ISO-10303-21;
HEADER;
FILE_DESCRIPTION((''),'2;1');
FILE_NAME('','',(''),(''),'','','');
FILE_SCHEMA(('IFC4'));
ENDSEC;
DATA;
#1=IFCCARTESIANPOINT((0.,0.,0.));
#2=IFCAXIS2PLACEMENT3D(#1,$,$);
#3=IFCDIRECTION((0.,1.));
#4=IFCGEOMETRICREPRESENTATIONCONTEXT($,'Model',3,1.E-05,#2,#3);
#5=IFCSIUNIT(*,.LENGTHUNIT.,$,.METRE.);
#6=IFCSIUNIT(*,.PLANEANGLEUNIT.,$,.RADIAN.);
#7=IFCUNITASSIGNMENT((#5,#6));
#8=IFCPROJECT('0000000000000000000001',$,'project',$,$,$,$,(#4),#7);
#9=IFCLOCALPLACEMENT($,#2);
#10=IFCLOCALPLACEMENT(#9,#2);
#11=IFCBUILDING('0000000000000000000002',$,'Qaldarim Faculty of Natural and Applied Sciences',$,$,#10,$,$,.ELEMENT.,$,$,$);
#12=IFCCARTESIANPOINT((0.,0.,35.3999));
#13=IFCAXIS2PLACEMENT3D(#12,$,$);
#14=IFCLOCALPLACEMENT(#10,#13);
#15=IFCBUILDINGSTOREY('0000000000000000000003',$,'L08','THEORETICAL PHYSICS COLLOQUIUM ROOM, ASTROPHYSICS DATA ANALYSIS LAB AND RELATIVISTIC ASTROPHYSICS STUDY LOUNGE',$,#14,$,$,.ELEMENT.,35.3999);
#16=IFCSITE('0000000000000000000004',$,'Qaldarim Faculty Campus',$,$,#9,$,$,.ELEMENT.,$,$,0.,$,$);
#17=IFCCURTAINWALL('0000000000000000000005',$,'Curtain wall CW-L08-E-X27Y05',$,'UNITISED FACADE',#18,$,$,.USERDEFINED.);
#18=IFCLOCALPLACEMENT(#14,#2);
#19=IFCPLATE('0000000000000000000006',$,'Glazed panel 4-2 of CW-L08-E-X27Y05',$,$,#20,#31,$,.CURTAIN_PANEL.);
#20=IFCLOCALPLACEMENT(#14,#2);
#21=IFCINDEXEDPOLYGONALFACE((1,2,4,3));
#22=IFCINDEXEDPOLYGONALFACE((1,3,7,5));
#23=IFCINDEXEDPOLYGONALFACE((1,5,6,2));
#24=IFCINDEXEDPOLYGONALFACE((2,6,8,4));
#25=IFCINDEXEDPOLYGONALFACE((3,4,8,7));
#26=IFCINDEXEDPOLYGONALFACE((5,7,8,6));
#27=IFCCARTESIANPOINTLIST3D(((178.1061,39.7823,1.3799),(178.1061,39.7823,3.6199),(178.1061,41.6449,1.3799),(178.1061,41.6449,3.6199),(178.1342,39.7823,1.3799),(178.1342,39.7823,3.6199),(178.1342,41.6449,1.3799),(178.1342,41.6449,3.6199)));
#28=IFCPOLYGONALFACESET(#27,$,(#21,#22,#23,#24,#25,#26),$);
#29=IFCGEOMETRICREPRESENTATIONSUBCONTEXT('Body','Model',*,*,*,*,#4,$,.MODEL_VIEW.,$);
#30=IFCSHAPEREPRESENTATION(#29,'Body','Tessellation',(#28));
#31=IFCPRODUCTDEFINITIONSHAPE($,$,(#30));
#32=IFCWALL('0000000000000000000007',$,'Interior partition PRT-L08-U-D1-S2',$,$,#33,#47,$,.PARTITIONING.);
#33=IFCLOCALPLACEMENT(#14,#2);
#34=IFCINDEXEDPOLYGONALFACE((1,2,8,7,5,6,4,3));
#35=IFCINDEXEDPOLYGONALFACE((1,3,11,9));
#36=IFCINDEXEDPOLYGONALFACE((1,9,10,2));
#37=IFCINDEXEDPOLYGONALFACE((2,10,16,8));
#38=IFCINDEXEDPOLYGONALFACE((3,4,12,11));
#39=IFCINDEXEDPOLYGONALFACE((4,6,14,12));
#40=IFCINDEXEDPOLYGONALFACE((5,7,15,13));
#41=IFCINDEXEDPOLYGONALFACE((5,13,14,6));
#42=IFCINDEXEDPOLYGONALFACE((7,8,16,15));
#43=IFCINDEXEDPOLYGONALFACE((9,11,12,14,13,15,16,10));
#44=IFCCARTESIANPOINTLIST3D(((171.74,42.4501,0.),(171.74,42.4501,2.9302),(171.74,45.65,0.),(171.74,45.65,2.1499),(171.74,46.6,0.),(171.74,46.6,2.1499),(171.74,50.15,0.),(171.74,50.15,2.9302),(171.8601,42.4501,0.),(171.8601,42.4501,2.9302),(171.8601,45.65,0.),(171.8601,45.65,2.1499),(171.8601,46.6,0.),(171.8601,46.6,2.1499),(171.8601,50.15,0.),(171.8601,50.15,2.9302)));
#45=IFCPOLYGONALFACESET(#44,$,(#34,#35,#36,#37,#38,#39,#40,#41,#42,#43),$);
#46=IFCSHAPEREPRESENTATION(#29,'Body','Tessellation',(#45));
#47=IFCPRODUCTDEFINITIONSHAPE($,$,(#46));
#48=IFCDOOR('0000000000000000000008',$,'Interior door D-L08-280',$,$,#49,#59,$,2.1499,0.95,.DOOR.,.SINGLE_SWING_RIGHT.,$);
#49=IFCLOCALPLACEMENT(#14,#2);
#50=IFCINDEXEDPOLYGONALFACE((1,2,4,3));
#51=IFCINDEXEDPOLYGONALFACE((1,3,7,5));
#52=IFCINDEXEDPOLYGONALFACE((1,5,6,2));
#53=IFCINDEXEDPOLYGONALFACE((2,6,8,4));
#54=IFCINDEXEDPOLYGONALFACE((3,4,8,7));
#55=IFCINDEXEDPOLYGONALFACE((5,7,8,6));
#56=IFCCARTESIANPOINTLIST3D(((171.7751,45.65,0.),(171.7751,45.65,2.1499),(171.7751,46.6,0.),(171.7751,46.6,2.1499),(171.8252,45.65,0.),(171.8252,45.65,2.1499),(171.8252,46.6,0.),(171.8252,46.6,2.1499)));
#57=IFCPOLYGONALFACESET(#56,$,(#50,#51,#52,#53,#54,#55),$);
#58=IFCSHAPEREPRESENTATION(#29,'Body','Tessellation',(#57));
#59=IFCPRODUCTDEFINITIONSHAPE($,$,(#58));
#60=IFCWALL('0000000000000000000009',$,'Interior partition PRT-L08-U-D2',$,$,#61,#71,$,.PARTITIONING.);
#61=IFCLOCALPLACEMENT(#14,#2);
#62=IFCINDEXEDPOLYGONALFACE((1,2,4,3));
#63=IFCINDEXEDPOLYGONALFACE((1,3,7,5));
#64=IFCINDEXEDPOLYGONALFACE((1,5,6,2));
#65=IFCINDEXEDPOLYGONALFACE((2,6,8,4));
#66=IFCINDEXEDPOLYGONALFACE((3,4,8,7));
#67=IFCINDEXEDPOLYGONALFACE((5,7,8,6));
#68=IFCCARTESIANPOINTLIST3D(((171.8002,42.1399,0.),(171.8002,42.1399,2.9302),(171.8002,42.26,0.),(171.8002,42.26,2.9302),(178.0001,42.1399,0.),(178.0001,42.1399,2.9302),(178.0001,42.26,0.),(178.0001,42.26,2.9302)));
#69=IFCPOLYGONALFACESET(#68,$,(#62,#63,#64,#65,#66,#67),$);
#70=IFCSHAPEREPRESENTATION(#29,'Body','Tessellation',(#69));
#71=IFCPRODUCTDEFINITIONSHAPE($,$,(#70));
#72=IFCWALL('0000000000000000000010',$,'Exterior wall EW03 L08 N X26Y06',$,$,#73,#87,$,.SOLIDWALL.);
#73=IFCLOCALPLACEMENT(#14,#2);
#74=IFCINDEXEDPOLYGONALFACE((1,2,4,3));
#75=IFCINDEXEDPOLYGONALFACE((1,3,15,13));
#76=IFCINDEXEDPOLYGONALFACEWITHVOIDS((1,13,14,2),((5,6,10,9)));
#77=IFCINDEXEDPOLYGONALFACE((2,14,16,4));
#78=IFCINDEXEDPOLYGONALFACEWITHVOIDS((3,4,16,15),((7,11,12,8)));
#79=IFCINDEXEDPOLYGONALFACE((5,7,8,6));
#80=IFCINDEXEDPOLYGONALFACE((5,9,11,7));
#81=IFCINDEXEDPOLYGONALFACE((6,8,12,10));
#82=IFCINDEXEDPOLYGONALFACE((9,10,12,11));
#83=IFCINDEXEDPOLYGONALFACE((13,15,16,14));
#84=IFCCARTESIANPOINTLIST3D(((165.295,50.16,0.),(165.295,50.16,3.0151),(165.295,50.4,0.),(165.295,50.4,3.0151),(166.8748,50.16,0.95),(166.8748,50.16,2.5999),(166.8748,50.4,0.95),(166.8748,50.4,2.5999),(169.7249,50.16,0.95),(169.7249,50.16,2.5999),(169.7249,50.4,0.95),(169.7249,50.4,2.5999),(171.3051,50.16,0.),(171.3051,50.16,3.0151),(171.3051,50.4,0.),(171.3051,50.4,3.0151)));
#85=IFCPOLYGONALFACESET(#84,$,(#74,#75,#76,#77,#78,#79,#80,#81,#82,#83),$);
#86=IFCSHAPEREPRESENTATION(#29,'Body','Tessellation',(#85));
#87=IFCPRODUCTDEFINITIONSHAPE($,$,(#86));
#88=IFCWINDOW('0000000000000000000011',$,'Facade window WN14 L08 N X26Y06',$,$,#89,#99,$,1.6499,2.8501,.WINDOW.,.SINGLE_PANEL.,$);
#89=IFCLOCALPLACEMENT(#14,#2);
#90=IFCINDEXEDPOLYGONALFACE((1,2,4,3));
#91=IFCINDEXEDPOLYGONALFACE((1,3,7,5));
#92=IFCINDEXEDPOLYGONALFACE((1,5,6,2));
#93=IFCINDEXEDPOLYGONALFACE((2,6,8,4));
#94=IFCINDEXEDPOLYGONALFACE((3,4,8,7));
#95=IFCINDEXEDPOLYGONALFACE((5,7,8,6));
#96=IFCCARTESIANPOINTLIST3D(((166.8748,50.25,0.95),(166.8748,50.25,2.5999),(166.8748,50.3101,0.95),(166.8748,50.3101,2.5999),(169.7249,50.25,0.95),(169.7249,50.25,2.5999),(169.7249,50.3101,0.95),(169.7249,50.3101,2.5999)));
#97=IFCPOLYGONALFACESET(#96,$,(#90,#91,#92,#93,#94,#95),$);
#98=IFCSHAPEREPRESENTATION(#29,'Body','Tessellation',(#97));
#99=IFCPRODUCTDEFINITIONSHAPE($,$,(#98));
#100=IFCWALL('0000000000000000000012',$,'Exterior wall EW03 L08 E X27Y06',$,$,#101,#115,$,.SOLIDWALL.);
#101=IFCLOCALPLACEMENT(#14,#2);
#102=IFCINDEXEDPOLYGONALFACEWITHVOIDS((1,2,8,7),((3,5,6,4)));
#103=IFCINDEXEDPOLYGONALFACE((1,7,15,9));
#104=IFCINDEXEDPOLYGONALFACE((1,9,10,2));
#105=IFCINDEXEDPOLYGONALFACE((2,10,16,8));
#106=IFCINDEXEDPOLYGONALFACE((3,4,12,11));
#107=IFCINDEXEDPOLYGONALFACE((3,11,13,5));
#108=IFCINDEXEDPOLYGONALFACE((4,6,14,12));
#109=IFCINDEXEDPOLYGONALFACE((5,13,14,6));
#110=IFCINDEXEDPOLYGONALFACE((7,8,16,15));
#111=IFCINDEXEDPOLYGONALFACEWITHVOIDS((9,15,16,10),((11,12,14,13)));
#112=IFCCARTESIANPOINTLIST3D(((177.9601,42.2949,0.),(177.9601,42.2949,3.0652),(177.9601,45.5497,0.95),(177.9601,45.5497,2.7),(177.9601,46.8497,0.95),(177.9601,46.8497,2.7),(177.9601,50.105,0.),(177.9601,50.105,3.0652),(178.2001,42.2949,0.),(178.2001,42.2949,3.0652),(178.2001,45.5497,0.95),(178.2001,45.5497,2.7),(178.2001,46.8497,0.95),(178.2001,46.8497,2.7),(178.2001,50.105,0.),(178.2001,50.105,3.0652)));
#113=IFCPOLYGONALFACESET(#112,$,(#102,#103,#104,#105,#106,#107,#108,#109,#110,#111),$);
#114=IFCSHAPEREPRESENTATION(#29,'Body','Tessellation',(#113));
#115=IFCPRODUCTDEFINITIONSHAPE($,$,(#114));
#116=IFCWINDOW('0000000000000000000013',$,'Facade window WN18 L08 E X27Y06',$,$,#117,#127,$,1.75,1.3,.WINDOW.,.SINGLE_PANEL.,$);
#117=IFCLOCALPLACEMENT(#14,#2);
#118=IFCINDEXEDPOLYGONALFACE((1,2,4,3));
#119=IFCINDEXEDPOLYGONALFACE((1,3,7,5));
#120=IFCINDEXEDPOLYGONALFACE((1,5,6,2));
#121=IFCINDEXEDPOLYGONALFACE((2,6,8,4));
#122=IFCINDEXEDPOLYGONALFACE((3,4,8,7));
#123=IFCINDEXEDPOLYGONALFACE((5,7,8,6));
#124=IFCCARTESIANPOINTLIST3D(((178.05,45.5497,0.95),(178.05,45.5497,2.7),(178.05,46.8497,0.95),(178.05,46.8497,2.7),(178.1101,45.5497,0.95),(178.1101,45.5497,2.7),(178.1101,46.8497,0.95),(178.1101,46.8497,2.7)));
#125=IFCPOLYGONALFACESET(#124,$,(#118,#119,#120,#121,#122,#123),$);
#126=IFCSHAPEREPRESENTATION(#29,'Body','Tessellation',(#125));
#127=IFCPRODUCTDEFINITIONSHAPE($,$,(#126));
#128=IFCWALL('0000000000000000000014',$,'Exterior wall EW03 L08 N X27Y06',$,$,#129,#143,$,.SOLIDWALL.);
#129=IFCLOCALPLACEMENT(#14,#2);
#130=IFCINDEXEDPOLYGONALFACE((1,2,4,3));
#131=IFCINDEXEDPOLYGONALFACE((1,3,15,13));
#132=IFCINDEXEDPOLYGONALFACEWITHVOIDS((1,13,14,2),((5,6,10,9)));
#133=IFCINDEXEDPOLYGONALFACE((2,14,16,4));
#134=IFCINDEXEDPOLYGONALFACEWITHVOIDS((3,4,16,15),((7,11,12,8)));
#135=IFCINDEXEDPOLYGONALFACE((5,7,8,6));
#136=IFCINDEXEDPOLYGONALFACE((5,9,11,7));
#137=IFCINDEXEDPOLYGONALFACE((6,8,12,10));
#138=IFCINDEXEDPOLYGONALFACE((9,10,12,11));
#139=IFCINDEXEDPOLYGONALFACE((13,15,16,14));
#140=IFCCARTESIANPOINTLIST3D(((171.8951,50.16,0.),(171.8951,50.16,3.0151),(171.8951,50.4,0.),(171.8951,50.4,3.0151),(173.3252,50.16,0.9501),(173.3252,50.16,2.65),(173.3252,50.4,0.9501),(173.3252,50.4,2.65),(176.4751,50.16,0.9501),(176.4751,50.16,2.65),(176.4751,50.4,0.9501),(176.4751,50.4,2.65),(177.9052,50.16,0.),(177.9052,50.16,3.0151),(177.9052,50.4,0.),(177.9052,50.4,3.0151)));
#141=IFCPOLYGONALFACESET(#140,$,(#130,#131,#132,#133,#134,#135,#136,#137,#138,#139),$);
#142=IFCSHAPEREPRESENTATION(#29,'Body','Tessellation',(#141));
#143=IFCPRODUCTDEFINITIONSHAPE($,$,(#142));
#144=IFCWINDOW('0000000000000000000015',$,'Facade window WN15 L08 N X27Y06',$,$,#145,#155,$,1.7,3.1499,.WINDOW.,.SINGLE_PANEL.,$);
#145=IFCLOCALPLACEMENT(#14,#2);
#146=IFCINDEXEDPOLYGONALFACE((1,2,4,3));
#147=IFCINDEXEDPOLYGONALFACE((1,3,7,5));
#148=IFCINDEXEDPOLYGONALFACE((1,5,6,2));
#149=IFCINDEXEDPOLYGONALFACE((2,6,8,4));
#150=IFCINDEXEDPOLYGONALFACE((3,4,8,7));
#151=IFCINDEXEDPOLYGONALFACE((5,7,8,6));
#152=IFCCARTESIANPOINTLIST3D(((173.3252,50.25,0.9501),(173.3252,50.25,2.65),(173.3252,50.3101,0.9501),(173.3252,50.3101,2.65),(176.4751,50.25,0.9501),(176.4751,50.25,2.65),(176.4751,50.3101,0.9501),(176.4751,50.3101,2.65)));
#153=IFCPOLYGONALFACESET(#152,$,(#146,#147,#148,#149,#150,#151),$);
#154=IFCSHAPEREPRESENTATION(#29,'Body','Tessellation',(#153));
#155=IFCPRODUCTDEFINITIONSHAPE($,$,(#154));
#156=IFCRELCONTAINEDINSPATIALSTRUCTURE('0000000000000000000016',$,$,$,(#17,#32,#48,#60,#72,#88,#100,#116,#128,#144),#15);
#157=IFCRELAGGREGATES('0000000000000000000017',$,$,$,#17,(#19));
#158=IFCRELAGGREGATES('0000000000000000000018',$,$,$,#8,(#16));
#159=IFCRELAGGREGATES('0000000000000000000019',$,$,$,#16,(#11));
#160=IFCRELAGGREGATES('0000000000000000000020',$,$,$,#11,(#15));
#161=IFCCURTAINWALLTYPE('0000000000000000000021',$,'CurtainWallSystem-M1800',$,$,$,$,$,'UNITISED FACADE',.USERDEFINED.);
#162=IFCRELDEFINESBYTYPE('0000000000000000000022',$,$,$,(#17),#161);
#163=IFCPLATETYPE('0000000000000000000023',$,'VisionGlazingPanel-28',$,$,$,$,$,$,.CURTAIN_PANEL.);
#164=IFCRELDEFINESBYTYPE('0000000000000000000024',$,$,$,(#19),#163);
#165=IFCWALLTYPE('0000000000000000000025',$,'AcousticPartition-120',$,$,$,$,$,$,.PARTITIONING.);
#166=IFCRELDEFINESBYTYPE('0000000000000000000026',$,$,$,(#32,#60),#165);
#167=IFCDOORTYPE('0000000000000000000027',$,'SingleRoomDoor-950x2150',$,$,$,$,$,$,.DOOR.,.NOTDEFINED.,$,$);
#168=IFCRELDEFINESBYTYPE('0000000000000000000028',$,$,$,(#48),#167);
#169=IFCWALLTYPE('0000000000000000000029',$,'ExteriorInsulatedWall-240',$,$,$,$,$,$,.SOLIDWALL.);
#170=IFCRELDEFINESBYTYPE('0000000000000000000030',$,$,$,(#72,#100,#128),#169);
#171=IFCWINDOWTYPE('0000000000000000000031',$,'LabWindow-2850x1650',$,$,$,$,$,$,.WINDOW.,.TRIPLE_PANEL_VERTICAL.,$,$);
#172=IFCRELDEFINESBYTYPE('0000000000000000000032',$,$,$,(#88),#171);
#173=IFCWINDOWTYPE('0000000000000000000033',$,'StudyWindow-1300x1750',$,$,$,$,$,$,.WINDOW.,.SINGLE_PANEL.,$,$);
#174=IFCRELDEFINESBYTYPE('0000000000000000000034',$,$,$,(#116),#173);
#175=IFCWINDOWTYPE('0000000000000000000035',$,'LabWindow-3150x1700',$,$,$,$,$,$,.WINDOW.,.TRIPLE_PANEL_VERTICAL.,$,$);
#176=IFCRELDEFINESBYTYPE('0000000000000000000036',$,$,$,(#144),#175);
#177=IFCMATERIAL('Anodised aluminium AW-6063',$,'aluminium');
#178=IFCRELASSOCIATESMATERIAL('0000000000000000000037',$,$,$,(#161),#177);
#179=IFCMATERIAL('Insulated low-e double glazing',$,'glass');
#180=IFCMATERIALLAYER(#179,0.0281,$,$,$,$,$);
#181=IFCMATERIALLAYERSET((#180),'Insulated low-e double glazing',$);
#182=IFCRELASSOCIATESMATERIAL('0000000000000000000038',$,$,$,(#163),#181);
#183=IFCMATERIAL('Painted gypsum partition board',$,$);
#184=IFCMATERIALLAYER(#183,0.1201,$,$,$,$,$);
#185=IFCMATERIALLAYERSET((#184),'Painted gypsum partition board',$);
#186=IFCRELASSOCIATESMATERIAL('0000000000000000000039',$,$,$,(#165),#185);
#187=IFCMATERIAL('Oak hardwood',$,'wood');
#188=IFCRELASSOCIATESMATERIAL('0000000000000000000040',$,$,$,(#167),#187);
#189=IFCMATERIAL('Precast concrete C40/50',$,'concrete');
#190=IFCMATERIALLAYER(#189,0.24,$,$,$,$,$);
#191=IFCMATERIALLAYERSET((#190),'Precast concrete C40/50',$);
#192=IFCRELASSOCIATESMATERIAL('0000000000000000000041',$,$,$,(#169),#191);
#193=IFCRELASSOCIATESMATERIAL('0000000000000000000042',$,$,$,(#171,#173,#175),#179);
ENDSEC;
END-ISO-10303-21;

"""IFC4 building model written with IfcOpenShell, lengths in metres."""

from ifc_helpers import new_model, si_unit, direction, frame, frame_2d, origin, origin_2d, place, context, subcontext, project, spatial, rectangle, extrude, material, layer, layer_set, type_object, element, fill, aggregate, save


model = new_model("IFC4")

# Units and contexts
model_context = context("Model", 3, precision=1e-05, world=origin(), true_north=direction((0.0, 1.0)))
body_context = subcontext(model_context, "Body", "Model", "MODEL_VIEW")
ifc_project = project(units=[si_unit("LENGTHUNIT", "METRE"), si_unit("PLANEANGLEUNIT", "RADIAN")], contexts=[model_context])

# Site, building, storey
site_placement = place(None, origin())
site = spatial("IfcSite", under=ifc_project, at=site_placement, Name="Qaldarim Faculty Campus", CompositionType="ELEMENT", RefElevation=0.0)
building_placement = place(site_placement, origin())
building = spatial("IfcBuilding", under=site, at=building_placement, Name="Qaldarim Faculty of Natural and Applied Sciences", CompositionType="ELEMENT")
storey_placement = place(building_placement, frame((0.0, 0.0, 35.3999)))
storey = spatial("IfcBuildingStorey", under=building, at=storey_placement, Name="L08", Description="THEORETICAL PHYSICS COLLOQUIUM ROOM, ASTROPHYSICS DATA ANALYSIS LAB AND RELATIVISTIC ASTROPHYSICS STUDY LOUNGE", CompositionType="ELEMENT", Elevation=35.3999)

# Curtain wall
ifc_material_1 = material(Name="Anodised aluminium AW-6063", Category="aluminium")
curtain_wall_type = type_object("IfcCurtainWallType", Name="CurtainWallSystem-M1800", ElementType="UNITISED FACADE", PredefinedType="USERDEFINED", material=ifc_material_1)
curtain_wall_placement = place(storey_placement, origin())
curtain_wall = element("IfcCurtainWall", 1, at=curtain_wall_placement, inside=storey, type_object=curtain_wall_type, Name="Curtain wall CW-L08-E-X27Y05", ObjectType="UNITISED FACADE", PredefinedType="USERDEFINED")

# Plate
ifc_material_2 = material(Name="Insulated low-e double glazing", Category="glass")
ifc_layer_1 = layer(ifc_material_2, 0.0281)
ifc_layer_set_1 = layer_set([ifc_layer_1], Name="Insulated low-e double glazing")
plate_type = type_object("IfcPlateType", Name="VisionGlazingPanel-28", PredefinedType="CURTAIN_PANEL", material=ifc_layer_set_1)
plate_1_placement = place(storey_placement, frame((178.1201, 40.7136, 1.3799), z_axis=(0.0, 0.0, 1.0), x_axis=(0.0, 1.0, 0.0)))
plate_1 = element("IfcPlate", 2, at=plate_1_placement, type_object=plate_type, Name="Glazed panel 4-2 of CW-L08-E-X27Y05", PredefinedType="CURTAIN_PANEL", context=body_context, shape_type="SweptSolid", body=[
    extrude(rectangle(XDim=1.8625, YDim=0.0281, at=origin_2d()), origin(), (0.0, 0.0, 1.0), 2.24),
])
aggregate(curtain_wall, [plate_1])

# Wall, opening, door
ifc_material_3 = material(Name="Painted gypsum partition board")
ifc_layer_2 = layer(ifc_material_3, 0.1201)
ifc_layer_set_2 = layer_set([ifc_layer_2], Name="Painted gypsum partition board")
wall_type_1 = type_object("IfcWallType", Name="AcousticPartition-120", PredefinedType="PARTITIONING", material=ifc_layer_set_2)
wall_1_placement = place(storey_placement, frame((171.8, 42.45, 0.0), z_axis=(0.0, 0.0, 1.0), x_axis=(0.0, 1.0, 0.0)))
wall_1 = element("IfcWall", 3, at=wall_1_placement, inside=storey, type_object=wall_type_1, Name="Interior partition PRT-L08-U-D1-S2", PredefinedType="PARTITIONING", context=body_context, shape_type="SweptSolid", body=[
    extrude(rectangle(XDim=7.7, YDim=0.1201, at=frame_2d((3.8501, 0.0))), origin(), (0.0, 0.0, 1.0), 2.9302),
])
opening_1_placement = place(wall_1_placement, frame((3.2, 0.0, 0.0)))
opening_1 = element("IfcOpeningElement", 4, at=opening_1_placement, cuts=wall_1, PredefinedType="OPENING", context=body_context, shape_type="SweptSolid", body=[
    extrude(rectangle(XDim=0.95, YDim=2.1499, at=frame_2d((0.4751, 1.075))), frame((0.0, 0.0701, 0.0), z_axis=(0.0, -1.0, 0.0), x_axis=(1.0, 0.0, 0.0)), (0.0, 0.0, 1.0), 0.1401),
])
ifc_material_4 = material(Name="Oak hardwood", Category="wood")
door_type = type_object("IfcDoorType", Name="SingleRoomDoor-950x2150", OperationType="NOTDEFINED", PredefinedType="DOOR", material=ifc_material_4)
door_placement = place(opening_1_placement, origin())
door = element("IfcDoor", 5, at=door_placement, inside=storey, type_object=door_type, Name="Interior door D-L08-280", OperationType="SINGLE_SWING_RIGHT", OverallHeight=2.1499, OverallWidth=0.95, PredefinedType="DOOR", context=body_context, shape_type="SweptSolid", body=[
    extrude(rectangle(XDim=0.95, YDim=2.1499, at=frame_2d((0.4751, 1.075))), frame((0.0, 0.0249, 0.0), z_axis=(0.0, -1.0, 0.0), x_axis=(1.0, 0.0, 0.0)), (0.0, 0.0, 1.0), 0.05),
])
fill(opening_1, door)

# Wall
wall_2_placement = place(storey_placement, frame((171.8, 42.2, 0.0), z_axis=(0.0, 0.0, 1.0), x_axis=(1.0, 0.0, 0.0)))
element("IfcWall", 6, at=wall_2_placement, inside=storey, type_object=wall_type_1, Name="Interior partition PRT-L08-U-D2", PredefinedType="PARTITIONING", context=body_context, shape_type="SweptSolid", body=[
    extrude(rectangle(XDim=6.2, YDim=0.1201, at=frame_2d((3.1001, 0.0))), origin(), (0.0, 0.0, 1.0), 2.9302),
])

# Walls, openings, windows
ifc_material_5 = material(Name="Precast concrete C40/50", Category="concrete")
ifc_layer_3 = layer(ifc_material_5, 0.24)
ifc_layer_set_3 = layer_set([ifc_layer_3], Name="Precast concrete C40/50")
wall_type_2 = type_object("IfcWallType", Name="ExteriorInsulatedWall-240", PredefinedType="SOLIDWALL", material=ifc_layer_set_3)
wall_3_placement = place(storey_placement, frame((171.3049, 50.28, 0.0), z_axis=(0.0, 0.0, 1.0), x_axis=(-1.0, 0.0, 0.0)))
wall_3 = element("IfcWall", 7, at=wall_3_placement, inside=storey, type_object=wall_type_2, Name="Exterior wall EW03 L08 N X26Y06", PredefinedType="SOLIDWALL", context=body_context, shape_type="SweptSolid", body=[
    extrude(rectangle(XDim=6.01, YDim=0.24, at=frame_2d((3.0049, 0.0))), origin(), (0.0, 0.0, 1.0), 3.0151),
])
opening_2_placement = place(wall_3_placement, frame((1.5801, 0.0, 0.95)))
opening_2 = element("IfcOpeningElement", 8, at=opening_2_placement, cuts=wall_3, PredefinedType="OPENING", context=body_context, shape_type="SweptSolid", body=[
    extrude(rectangle(XDim=2.8501, YDim=1.6499, at=frame_2d((1.425, 0.825))), frame((0.0, 0.1299, 0.0), z_axis=(0.0, -1.0, 0.0), x_axis=(1.0, 0.0, 0.0)), (0.0, 0.0, 1.0), 0.26),
])
window_type_1 = type_object("IfcWindowType", Name="LabWindow-2850x1650", PartitioningType="TRIPLE_PANEL_VERTICAL", PredefinedType="WINDOW", material=ifc_material_2)
window_1_placement = place(opening_2_placement, origin())
window_1 = element("IfcWindow", 9, at=window_1_placement, inside=storey, type_object=window_type_1, Name="Facade window WN14 L08 N X26Y06", OverallHeight=1.6499, OverallWidth=2.8501, PartitioningType="SINGLE_PANEL", PredefinedType="WINDOW", context=body_context, shape_type="SweptSolid", body=[
    extrude(rectangle(XDim=2.8501, YDim=1.6499, at=frame_2d((1.425, 0.825))), frame((0.0, 0.03, 0.0), z_axis=(0.0, -1.0, 0.0), x_axis=(1.0, 0.0, 0.0)), (0.0, 0.0, 1.0), 0.0601),
])
fill(opening_2, window_1)
wall_4_placement = place(storey_placement, frame((178.0801, 42.2949, 0.0), z_axis=(0.0, 0.0, 1.0), x_axis=(0.0, 1.0, 0.0)))
wall_4 = element("IfcWall", 10, at=wall_4_placement, inside=storey, type_object=wall_type_2, Name="Exterior wall EW03 L08 E X27Y06", PredefinedType="SOLIDWALL", context=body_context, shape_type="SweptSolid", body=[
    extrude(rectangle(XDim=7.8101, YDim=0.24, at=frame_2d((3.905, 0.0))), origin(), (0.0, 0.0, 1.0), 3.0652),
])
opening_3_placement = place(wall_4_placement, frame((3.2549, 0.0, 0.95)))
opening_3 = element("IfcOpeningElement", 11, at=opening_3_placement, cuts=wall_4, PredefinedType="OPENING", context=body_context, shape_type="SweptSolid", body=[
    extrude(rectangle(XDim=1.3, YDim=1.75, at=frame_2d((0.6499, 0.875))), frame((0.0, 0.1299, 0.0), z_axis=(0.0, -1.0, 0.0), x_axis=(1.0, 0.0, 0.0)), (0.0, 0.0, 1.0), 0.26),
])
window_type_2 = type_object("IfcWindowType", Name="StudyWindow-1300x1750", PartitioningType="SINGLE_PANEL", PredefinedType="WINDOW", material=ifc_material_2)
window_2_placement = place(opening_3_placement, origin())
window_2 = element("IfcWindow", 12, at=window_2_placement, inside=storey, type_object=window_type_2, Name="Facade window WN18 L08 E X27Y06", OverallHeight=1.75, OverallWidth=1.3, PartitioningType="SINGLE_PANEL", PredefinedType="WINDOW", context=body_context, shape_type="SweptSolid", body=[
    extrude(rectangle(XDim=1.3, YDim=1.75, at=frame_2d((0.6499, 0.875))), frame((0.0, 0.03, 0.0), z_axis=(0.0, -1.0, 0.0), x_axis=(1.0, 0.0, 0.0)), (0.0, 0.0, 1.0), 0.0601),
])
fill(opening_3, window_2)
wall_5_placement = place(storey_placement, frame((177.905, 50.28, 0.0), z_axis=(0.0, 0.0, 1.0), x_axis=(-1.0, 0.0, 0.0)))
wall_5 = element("IfcWall", 13, at=wall_5_placement, inside=storey, type_object=wall_type_2, Name="Exterior wall EW03 L08 N X27Y06", PredefinedType="SOLIDWALL", context=body_context, shape_type="SweptSolid", body=[
    extrude(rectangle(XDim=6.01, YDim=0.24, at=frame_2d((3.0049, 0.0))), origin(), (0.0, 0.0, 1.0), 3.0151),
])
opening_4_placement = place(wall_5_placement, frame((1.4299, 0.0, 0.95)))
opening_4 = element("IfcOpeningElement", 14, at=opening_4_placement, cuts=wall_5, PredefinedType="OPENING", context=body_context, shape_type="SweptSolid", body=[
    extrude(rectangle(XDim=3.1499, YDim=1.7, at=frame_2d((1.575, 0.8501))), frame((0.0, 0.1299, 0.0), z_axis=(0.0, -1.0, 0.0), x_axis=(1.0, 0.0, 0.0)), (0.0, 0.0, 1.0), 0.26),
])
window_type_3 = type_object("IfcWindowType", Name="LabWindow-3150x1700", PartitioningType="TRIPLE_PANEL_VERTICAL", PredefinedType="WINDOW", material=ifc_material_2)
window_3_placement = place(opening_4_placement, origin())
window_3 = element("IfcWindow", 15, at=window_3_placement, inside=storey, type_object=window_type_3, Name="Facade window WN15 L08 N X27Y06", OverallHeight=1.7, OverallWidth=3.1499, PartitioningType="SINGLE_PANEL", PredefinedType="WINDOW", context=body_context, shape_type="SweptSolid", body=[
    extrude(rectangle(XDim=3.1499, YDim=1.7, at=frame_2d((1.575, 0.8501))), frame((0.0, 0.03, 0.0), z_axis=(0.0, -1.0, 0.0), x_axis=(1.0, 0.0, 0.0)), (0.0, 0.0, 1.0), 0.0601),
])
fill(opening_4, window_3)

save(model, "model.ifc")
